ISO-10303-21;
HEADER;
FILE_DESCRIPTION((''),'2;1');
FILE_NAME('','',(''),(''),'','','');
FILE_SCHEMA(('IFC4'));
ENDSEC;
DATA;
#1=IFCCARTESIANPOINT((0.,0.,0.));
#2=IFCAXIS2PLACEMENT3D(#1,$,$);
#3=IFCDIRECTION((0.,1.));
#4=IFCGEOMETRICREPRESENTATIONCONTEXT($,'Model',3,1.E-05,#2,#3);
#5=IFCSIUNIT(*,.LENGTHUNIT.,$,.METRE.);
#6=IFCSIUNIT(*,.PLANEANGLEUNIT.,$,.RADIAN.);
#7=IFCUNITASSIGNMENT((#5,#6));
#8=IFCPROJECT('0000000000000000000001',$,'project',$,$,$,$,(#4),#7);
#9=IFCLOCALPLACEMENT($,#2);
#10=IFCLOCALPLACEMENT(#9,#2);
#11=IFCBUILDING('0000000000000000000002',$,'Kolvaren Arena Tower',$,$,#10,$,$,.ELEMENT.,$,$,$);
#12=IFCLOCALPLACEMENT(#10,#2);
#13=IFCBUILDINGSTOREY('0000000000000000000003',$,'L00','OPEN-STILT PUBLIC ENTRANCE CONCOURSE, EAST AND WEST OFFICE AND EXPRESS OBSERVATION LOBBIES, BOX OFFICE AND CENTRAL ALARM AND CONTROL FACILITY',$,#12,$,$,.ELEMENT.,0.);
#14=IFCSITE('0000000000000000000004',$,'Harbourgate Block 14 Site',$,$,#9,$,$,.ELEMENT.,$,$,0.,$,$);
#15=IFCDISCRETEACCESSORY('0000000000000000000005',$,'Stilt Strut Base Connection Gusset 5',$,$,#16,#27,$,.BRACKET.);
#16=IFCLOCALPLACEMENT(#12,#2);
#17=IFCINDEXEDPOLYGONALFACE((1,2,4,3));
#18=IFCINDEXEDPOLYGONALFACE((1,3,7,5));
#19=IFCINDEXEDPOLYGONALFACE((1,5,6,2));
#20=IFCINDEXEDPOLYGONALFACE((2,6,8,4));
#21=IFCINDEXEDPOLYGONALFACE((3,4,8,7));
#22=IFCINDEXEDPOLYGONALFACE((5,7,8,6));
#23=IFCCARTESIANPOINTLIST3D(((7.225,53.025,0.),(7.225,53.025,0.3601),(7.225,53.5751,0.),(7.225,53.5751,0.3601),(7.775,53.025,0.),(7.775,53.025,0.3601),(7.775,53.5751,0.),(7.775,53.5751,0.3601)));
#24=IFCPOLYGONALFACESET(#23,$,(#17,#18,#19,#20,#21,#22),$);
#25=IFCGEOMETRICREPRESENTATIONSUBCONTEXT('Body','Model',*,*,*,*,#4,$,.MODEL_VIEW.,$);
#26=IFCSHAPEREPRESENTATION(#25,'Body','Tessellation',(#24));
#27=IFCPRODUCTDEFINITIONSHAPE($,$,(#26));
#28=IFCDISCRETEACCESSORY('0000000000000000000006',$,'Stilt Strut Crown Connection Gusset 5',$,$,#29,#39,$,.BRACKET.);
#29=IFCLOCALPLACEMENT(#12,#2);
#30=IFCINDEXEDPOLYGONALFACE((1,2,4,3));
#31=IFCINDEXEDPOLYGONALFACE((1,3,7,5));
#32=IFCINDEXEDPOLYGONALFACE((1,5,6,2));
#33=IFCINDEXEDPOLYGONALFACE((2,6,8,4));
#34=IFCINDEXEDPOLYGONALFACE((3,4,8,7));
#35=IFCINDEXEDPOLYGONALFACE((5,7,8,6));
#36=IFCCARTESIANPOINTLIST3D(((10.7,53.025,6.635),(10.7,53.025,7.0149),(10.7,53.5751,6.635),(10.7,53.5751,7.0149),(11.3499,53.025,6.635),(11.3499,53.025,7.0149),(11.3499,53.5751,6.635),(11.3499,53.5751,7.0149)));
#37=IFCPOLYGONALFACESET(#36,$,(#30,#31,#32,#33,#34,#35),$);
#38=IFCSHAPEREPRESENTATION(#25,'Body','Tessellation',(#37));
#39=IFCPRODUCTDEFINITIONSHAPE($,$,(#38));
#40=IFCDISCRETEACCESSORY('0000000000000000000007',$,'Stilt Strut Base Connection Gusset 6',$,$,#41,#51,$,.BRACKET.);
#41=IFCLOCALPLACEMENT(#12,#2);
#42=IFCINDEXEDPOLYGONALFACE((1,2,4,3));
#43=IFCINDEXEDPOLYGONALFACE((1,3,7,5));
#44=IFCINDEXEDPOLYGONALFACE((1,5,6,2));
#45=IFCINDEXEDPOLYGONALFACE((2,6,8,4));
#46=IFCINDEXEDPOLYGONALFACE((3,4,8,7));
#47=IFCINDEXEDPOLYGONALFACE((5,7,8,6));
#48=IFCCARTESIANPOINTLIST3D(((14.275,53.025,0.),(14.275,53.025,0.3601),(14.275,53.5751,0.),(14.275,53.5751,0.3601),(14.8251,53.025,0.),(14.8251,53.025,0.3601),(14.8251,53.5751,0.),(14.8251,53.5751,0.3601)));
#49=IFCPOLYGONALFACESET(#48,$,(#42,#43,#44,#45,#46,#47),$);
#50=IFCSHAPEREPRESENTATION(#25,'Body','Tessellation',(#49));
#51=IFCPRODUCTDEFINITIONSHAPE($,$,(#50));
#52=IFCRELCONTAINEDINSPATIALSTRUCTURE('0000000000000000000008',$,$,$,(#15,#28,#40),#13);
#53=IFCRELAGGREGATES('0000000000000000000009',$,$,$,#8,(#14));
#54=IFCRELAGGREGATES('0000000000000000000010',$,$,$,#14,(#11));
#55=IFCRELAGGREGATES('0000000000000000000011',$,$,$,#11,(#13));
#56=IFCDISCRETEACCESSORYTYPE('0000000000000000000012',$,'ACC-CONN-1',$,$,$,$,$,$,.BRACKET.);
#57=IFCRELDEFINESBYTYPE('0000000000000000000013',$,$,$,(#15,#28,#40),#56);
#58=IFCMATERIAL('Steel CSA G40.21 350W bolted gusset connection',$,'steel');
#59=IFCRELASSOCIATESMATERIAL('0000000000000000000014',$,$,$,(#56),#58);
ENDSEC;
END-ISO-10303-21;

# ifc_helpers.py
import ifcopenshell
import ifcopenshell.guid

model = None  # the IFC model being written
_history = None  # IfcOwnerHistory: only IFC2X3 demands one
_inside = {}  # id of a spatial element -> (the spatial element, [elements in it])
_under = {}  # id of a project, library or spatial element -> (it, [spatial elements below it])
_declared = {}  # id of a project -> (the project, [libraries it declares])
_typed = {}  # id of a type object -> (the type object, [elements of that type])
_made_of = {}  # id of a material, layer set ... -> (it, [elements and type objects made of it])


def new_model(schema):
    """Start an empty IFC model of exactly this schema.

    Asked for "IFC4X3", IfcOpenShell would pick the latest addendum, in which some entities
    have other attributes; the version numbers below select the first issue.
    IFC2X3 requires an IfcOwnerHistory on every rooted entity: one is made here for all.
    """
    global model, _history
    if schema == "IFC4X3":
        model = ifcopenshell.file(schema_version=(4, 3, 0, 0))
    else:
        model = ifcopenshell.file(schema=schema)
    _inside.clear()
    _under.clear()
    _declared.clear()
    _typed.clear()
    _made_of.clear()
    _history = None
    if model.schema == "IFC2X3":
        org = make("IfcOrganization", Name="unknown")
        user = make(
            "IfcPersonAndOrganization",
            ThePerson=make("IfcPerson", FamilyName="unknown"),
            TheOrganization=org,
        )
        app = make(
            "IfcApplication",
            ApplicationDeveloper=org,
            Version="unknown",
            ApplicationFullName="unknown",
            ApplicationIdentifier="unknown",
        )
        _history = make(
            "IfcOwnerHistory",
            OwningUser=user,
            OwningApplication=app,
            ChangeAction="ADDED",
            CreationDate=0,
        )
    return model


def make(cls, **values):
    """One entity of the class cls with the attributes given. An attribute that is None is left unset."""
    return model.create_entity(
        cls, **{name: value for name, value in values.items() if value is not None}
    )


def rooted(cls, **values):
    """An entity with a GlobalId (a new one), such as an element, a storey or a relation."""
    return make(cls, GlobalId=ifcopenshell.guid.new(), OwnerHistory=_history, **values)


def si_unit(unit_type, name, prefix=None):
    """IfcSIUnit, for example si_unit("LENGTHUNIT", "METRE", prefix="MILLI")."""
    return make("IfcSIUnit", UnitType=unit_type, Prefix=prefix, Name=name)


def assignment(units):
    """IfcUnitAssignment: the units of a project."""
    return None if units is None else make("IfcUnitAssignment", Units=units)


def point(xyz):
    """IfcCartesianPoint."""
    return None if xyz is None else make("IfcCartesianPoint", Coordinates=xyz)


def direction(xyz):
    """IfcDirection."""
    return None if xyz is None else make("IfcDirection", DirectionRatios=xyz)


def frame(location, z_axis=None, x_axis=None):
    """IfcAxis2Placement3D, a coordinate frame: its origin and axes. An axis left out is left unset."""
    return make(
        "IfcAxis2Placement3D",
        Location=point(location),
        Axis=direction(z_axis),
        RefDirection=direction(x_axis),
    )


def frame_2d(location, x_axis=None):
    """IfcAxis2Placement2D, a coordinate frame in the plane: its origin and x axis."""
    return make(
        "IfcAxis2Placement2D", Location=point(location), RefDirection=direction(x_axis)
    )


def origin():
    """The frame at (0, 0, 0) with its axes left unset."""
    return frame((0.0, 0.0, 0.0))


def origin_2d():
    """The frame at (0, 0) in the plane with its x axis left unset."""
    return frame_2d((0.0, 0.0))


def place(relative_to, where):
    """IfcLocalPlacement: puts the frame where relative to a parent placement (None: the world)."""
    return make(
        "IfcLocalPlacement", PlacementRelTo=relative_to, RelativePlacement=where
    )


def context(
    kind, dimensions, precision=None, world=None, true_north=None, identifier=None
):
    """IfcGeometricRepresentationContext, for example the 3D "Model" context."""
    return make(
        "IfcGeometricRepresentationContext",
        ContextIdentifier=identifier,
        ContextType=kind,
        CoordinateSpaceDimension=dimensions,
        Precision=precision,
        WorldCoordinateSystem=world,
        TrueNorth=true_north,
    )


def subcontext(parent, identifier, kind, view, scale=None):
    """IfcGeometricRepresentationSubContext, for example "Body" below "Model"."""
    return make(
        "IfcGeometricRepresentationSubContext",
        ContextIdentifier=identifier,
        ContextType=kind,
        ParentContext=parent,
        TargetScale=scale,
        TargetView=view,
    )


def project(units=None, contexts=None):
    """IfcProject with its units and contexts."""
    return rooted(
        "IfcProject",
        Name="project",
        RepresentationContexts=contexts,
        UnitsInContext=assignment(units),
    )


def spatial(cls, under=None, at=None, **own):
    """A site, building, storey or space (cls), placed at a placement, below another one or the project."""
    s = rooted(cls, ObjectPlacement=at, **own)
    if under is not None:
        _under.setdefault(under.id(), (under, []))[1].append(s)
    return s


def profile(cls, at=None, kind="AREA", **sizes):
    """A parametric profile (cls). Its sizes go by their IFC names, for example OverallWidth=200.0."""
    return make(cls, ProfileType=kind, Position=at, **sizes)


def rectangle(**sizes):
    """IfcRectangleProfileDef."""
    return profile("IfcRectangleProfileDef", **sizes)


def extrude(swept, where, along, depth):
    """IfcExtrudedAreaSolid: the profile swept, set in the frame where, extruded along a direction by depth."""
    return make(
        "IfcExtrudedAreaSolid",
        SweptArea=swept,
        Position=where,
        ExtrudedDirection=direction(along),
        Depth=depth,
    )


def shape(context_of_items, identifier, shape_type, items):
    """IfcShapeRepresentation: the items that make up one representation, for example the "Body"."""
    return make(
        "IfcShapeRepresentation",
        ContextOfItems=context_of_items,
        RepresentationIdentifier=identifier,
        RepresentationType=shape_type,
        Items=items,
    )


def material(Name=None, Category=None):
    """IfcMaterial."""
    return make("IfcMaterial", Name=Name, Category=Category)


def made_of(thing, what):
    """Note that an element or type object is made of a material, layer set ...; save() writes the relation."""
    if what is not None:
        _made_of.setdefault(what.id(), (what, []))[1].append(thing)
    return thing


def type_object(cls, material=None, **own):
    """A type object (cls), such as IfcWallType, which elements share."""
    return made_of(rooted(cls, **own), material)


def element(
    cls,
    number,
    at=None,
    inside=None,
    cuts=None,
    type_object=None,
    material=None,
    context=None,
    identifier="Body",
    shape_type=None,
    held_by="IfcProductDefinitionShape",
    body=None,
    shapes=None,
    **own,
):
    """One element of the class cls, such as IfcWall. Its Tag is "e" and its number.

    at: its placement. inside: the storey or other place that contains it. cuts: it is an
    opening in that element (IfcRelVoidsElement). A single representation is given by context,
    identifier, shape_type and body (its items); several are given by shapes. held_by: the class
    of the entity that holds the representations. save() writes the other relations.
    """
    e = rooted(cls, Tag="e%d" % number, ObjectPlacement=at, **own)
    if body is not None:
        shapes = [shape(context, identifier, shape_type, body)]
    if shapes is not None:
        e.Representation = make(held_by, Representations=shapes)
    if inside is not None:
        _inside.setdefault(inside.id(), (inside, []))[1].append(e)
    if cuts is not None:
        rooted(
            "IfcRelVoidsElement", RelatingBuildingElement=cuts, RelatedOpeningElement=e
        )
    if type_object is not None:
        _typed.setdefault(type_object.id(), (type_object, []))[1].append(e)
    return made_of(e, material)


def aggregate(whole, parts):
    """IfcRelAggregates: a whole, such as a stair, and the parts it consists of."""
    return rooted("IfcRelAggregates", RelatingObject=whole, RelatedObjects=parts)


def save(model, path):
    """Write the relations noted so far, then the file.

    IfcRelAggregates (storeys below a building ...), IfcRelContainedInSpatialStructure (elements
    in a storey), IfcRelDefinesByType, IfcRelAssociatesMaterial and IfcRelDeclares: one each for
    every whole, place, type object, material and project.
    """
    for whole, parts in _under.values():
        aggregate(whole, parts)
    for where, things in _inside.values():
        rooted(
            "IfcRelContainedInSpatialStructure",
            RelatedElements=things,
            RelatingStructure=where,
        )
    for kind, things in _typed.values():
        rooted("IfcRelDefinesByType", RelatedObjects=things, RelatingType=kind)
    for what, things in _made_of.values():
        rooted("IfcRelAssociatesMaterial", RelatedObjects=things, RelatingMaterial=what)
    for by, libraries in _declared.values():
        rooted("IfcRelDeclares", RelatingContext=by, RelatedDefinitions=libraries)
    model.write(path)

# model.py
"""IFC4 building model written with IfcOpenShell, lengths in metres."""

from ifc_helpers import new_model, si_unit, direction, frame, origin, origin_2d, place, context, subcontext, project, spatial, rectangle, extrude, material, type_object, element, save


model = new_model("IFC4")

# Units and contexts
model_context = context("Model", 3, precision=1e-05, world=origin(), true_north=direction((0.0, 1.0)))
body_context = subcontext(model_context, "Body", "Model", "MODEL_VIEW")
ifc_project = project(units=[si_unit("LENGTHUNIT", "METRE"), si_unit("PLANEANGLEUNIT", "RADIAN")], contexts=[model_context])

# Site, building, storey
site_placement = place(None, origin())
site = spatial("IfcSite", under=ifc_project, at=site_placement, Name="Harbourgate Block 14 Site", CompositionType="ELEMENT", RefElevation=0.0)
building_placement = place(site_placement, origin())
building = spatial("IfcBuilding", under=site, at=building_placement, Name="Kolvaren Arena Tower", CompositionType="ELEMENT")
storey_placement = place(building_placement, origin())
storey = spatial("IfcBuildingStorey", under=building, at=storey_placement, Name="L00", Description="OPEN-STILT PUBLIC ENTRANCE CONCOURSE, EAST AND WEST OFFICE AND EXPRESS OBSERVATION LOBBIES, BOX OFFICE AND CENTRAL ALARM AND CONTROL FACILITY", CompositionType="ELEMENT", Elevation=0.0)

# Discrete accessories
ifc_material_1 = material(Name="Steel CSA G40.21 350W bolted gusset connection", Category="steel")
discrete_accessory_type = type_object("IfcDiscreteAccessoryType", Name="ACC-CONN-1", PredefinedType="BRACKET", material=ifc_material_1)
discrete_accessory_1_placement = place(storey_placement, frame((7.5, 53.3, 0.0), z_axis=(0.0, 0.0, 1.0), x_axis=(1.0, 0.0, 0.0)))
element("IfcDiscreteAccessory", 1, at=discrete_accessory_1_placement, inside=storey, type_object=discrete_accessory_type, Name="Stilt Strut Base Connection Gusset 5", PredefinedType="BRACKET", context=body_context, shape_type="SweptSolid", body=[
    extrude(rectangle(XDim=0.55, YDim=0.55, at=origin_2d()), origin(), (0.0, 0.0, 1.0), 0.3601),
])
discrete_accessory_2_placement = place(storey_placement, frame((11.0249, 53.3, 6.635), z_axis=(0.0, 0.0, 1.0), x_axis=(1.0, 0.0, 0.0)))
element("IfcDiscreteAccessory", 2, at=discrete_accessory_2_placement, inside=storey, type_object=discrete_accessory_type, Name="Stilt Strut Crown Connection Gusset 5", PredefinedType="BRACKET", context=body_context, shape_type="SweptSolid", body=[
    extrude(rectangle(XDim=0.6499, YDim=0.55, at=origin_2d()), origin(), (0.0, 0.0, 1.0), 0.3799),
])
discrete_accessory_3_placement = place(storey_placement, frame((14.55, 53.3, 0.0), z_axis=(0.0, 0.0, 1.0), x_axis=(1.0, 0.0, 0.0)))
element("IfcDiscreteAccessory", 3, at=discrete_accessory_3_placement, inside=storey, type_object=discrete_accessory_type, Name="Stilt Strut Base Connection Gusset 6", PredefinedType="BRACKET", context=body_context, shape_type="SweptSolid", body=[
    extrude(rectangle(XDim=0.55, YDim=0.55, at=origin_2d()), origin(), (0.0, 0.0, 1.0), 0.3601),
])

save(model, "model.ifc")
